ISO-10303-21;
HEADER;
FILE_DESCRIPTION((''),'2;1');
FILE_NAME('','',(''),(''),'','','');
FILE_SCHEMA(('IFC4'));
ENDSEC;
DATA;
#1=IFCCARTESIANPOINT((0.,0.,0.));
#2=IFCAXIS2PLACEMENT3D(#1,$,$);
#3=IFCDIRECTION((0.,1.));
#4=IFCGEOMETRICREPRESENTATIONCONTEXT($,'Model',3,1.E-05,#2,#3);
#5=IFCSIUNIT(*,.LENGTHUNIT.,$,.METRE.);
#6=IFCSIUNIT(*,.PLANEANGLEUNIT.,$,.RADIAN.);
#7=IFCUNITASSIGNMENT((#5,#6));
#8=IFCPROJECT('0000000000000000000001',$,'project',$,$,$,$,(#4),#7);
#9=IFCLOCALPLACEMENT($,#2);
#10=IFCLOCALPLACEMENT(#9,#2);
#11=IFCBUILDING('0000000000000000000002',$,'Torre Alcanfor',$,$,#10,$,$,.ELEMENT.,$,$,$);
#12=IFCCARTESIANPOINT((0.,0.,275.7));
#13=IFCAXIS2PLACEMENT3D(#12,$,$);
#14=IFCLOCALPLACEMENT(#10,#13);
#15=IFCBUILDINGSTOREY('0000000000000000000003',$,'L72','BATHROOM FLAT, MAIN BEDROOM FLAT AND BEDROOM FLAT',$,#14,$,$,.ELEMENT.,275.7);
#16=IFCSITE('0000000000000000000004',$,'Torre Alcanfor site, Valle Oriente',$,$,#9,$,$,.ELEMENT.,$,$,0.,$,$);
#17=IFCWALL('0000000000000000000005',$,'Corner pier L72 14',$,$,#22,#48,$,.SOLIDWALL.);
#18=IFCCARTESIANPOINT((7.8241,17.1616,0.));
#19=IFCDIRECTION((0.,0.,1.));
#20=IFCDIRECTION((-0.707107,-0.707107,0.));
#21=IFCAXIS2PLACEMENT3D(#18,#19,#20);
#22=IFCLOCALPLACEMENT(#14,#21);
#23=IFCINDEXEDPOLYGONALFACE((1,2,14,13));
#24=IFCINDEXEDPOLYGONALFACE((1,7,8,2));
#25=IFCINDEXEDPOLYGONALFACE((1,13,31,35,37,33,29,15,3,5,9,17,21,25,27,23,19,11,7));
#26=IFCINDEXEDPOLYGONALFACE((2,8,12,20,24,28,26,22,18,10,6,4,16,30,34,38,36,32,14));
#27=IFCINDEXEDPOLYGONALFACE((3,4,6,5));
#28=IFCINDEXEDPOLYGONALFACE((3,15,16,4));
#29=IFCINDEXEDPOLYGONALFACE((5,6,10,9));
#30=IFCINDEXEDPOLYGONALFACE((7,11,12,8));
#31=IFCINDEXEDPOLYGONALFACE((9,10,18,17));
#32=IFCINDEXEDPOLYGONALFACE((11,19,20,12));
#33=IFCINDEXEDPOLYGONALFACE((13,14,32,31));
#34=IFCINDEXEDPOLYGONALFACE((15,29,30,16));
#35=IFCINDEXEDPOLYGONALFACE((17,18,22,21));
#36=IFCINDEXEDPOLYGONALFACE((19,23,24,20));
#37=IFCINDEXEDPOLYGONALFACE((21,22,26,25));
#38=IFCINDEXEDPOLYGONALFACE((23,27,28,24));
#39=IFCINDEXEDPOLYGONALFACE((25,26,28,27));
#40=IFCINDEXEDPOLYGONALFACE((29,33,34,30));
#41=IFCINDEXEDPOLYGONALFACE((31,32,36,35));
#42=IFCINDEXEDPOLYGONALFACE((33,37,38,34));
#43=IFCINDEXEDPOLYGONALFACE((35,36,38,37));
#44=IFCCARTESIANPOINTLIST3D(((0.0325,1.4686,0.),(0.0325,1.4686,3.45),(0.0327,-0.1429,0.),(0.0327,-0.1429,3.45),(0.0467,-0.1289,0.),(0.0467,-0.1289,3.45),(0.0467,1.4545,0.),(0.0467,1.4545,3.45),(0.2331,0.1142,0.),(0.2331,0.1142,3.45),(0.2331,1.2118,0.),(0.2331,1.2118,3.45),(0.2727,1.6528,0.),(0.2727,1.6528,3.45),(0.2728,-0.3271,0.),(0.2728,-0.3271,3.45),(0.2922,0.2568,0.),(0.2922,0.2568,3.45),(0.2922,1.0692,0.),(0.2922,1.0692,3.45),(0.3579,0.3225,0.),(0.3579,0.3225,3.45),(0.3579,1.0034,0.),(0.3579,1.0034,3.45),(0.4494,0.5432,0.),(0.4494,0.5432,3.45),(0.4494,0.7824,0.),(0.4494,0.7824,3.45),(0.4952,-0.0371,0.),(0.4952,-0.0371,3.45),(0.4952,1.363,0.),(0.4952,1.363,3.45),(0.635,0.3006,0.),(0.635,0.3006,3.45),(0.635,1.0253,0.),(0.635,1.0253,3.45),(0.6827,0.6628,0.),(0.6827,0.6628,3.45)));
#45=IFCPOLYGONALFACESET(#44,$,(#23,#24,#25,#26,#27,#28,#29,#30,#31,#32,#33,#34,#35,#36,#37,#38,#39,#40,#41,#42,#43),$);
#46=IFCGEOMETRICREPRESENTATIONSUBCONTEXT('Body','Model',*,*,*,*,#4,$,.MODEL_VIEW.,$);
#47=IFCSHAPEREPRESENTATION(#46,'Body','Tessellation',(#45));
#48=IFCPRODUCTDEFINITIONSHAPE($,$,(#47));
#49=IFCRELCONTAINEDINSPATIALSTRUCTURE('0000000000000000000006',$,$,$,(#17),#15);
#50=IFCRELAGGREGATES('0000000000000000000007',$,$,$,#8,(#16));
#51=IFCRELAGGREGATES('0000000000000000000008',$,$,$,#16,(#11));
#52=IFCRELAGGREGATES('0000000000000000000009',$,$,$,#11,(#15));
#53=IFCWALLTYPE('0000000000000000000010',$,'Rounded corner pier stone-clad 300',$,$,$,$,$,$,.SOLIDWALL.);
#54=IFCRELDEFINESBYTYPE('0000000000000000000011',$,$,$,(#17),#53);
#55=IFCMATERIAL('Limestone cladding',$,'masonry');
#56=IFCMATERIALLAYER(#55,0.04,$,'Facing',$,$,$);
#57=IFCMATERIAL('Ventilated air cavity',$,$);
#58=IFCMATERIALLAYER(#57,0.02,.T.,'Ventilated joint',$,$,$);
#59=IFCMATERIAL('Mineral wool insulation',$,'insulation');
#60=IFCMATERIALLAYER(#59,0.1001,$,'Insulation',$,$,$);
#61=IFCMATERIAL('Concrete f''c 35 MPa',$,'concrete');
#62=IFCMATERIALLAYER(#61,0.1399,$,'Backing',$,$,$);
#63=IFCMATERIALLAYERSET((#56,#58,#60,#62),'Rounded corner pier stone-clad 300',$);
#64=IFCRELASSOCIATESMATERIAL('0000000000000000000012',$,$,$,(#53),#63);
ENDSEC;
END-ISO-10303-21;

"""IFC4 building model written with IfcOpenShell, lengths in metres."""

from ifc_helpers import new_model, si_unit, direction, frame, origin, place, context, subcontext, project, spatial, polyline, outline, extrude, material, layer, layer_set, type_object, element, save


model = new_model("IFC4")

# Units and contexts
model_context = context("Model", 3, precision=1e-05, world=origin(), true_north=direction((0.0, 1.0)))
body_context = subcontext(model_context, "Body", "Model", "MODEL_VIEW")
ifc_project = project(units=[si_unit("LENGTHUNIT", "METRE"), si_unit("PLANEANGLEUNIT", "RADIAN")], contexts=[model_context])

# Site, building, storey
site_placement = place(None, origin())
site = spatial("IfcSite", under=ifc_project, at=site_placement, Name="Torre Alcanfor site, Valle Oriente", CompositionType="ELEMENT", RefElevation=0.0)
building_placement = place(site_placement, origin())
building = spatial("IfcBuilding", under=site, at=building_placement, Name="Torre Alcanfor", CompositionType="ELEMENT")
storey_placement = place(building_placement, frame((0.0, 0.0, 275.7)))
storey = spatial("IfcBuildingStorey", under=building, at=storey_placement, Name="L72", Description="BATHROOM FLAT, MAIN BEDROOM FLAT AND BEDROOM FLAT", CompositionType="ELEMENT", Elevation=275.7)

# Wall
ifc_material_1 = material(Name="Limestone cladding", Category="masonry")
ifc_layer_1 = layer(ifc_material_1, 0.04, Name="Facing")
ifc_material_2 = material(Name="Ventilated air cavity")
ifc_layer_2 = layer(ifc_material_2, 0.02, ventilated=True, Name="Ventilated joint")
ifc_material_3 = material(Name="Mineral wool insulation", Category="insulation")
ifc_layer_3 = layer(ifc_material_3, 0.1001, Name="Insulation")
ifc_material_4 = material(Name="Concrete f'c 35 MPa", Category="concrete")
ifc_layer_4 = layer(ifc_material_4, 0.1399, Name="Backing")
ifc_layer_set_1 = layer_set([ifc_layer_1, ifc_layer_2, ifc_layer_3, ifc_layer_4], Name="Rounded corner pier stone-clad 300")
wall_type_1 = type_object("IfcWallType", Name="Rounded corner pier stone-clad 300", PredefinedType="SOLIDWALL", material=ifc_layer_set_1)
wall_1_placement = place(storey_placement, frame((7.8241, 17.1616, 0.0), z_axis=(0.0, 0.0, 1.0), x_axis=(-0.707107, -0.707107, 0.0)))
element("IfcWall", 1, at=wall_1_placement, inside=storey, type_object=wall_type_1, Name="Corner pier L72 14", PredefinedType="SOLIDWALL", context=body_context, shape_type="SweptSolid", body=[
    extrude(outline(polyline([(0.0467, 1.4545), (0.2331, 1.2118), (0.2922, 1.0692), (0.3579, 1.0034), (0.4494, 0.7824), (0.4494, 0.5432), (0.3579, 0.3225), (0.2922, 0.2568), (0.2331, 0.1142), (0.0467, -0.1289), (0.0327, -0.1429), (0.2728, -0.3271), (0.4952, -0.0371), (0.635, 0.3006), (0.6827, 0.6628), (0.635, 1.0253), (0.4952, 1.363), (0.2727, 1.6528), (0.0325, 1.4686), (0.0467, 1.4545)])), origin(), (0.0, 0.0, 1.0), 3.45),
])

save(model, "model.ifc")
